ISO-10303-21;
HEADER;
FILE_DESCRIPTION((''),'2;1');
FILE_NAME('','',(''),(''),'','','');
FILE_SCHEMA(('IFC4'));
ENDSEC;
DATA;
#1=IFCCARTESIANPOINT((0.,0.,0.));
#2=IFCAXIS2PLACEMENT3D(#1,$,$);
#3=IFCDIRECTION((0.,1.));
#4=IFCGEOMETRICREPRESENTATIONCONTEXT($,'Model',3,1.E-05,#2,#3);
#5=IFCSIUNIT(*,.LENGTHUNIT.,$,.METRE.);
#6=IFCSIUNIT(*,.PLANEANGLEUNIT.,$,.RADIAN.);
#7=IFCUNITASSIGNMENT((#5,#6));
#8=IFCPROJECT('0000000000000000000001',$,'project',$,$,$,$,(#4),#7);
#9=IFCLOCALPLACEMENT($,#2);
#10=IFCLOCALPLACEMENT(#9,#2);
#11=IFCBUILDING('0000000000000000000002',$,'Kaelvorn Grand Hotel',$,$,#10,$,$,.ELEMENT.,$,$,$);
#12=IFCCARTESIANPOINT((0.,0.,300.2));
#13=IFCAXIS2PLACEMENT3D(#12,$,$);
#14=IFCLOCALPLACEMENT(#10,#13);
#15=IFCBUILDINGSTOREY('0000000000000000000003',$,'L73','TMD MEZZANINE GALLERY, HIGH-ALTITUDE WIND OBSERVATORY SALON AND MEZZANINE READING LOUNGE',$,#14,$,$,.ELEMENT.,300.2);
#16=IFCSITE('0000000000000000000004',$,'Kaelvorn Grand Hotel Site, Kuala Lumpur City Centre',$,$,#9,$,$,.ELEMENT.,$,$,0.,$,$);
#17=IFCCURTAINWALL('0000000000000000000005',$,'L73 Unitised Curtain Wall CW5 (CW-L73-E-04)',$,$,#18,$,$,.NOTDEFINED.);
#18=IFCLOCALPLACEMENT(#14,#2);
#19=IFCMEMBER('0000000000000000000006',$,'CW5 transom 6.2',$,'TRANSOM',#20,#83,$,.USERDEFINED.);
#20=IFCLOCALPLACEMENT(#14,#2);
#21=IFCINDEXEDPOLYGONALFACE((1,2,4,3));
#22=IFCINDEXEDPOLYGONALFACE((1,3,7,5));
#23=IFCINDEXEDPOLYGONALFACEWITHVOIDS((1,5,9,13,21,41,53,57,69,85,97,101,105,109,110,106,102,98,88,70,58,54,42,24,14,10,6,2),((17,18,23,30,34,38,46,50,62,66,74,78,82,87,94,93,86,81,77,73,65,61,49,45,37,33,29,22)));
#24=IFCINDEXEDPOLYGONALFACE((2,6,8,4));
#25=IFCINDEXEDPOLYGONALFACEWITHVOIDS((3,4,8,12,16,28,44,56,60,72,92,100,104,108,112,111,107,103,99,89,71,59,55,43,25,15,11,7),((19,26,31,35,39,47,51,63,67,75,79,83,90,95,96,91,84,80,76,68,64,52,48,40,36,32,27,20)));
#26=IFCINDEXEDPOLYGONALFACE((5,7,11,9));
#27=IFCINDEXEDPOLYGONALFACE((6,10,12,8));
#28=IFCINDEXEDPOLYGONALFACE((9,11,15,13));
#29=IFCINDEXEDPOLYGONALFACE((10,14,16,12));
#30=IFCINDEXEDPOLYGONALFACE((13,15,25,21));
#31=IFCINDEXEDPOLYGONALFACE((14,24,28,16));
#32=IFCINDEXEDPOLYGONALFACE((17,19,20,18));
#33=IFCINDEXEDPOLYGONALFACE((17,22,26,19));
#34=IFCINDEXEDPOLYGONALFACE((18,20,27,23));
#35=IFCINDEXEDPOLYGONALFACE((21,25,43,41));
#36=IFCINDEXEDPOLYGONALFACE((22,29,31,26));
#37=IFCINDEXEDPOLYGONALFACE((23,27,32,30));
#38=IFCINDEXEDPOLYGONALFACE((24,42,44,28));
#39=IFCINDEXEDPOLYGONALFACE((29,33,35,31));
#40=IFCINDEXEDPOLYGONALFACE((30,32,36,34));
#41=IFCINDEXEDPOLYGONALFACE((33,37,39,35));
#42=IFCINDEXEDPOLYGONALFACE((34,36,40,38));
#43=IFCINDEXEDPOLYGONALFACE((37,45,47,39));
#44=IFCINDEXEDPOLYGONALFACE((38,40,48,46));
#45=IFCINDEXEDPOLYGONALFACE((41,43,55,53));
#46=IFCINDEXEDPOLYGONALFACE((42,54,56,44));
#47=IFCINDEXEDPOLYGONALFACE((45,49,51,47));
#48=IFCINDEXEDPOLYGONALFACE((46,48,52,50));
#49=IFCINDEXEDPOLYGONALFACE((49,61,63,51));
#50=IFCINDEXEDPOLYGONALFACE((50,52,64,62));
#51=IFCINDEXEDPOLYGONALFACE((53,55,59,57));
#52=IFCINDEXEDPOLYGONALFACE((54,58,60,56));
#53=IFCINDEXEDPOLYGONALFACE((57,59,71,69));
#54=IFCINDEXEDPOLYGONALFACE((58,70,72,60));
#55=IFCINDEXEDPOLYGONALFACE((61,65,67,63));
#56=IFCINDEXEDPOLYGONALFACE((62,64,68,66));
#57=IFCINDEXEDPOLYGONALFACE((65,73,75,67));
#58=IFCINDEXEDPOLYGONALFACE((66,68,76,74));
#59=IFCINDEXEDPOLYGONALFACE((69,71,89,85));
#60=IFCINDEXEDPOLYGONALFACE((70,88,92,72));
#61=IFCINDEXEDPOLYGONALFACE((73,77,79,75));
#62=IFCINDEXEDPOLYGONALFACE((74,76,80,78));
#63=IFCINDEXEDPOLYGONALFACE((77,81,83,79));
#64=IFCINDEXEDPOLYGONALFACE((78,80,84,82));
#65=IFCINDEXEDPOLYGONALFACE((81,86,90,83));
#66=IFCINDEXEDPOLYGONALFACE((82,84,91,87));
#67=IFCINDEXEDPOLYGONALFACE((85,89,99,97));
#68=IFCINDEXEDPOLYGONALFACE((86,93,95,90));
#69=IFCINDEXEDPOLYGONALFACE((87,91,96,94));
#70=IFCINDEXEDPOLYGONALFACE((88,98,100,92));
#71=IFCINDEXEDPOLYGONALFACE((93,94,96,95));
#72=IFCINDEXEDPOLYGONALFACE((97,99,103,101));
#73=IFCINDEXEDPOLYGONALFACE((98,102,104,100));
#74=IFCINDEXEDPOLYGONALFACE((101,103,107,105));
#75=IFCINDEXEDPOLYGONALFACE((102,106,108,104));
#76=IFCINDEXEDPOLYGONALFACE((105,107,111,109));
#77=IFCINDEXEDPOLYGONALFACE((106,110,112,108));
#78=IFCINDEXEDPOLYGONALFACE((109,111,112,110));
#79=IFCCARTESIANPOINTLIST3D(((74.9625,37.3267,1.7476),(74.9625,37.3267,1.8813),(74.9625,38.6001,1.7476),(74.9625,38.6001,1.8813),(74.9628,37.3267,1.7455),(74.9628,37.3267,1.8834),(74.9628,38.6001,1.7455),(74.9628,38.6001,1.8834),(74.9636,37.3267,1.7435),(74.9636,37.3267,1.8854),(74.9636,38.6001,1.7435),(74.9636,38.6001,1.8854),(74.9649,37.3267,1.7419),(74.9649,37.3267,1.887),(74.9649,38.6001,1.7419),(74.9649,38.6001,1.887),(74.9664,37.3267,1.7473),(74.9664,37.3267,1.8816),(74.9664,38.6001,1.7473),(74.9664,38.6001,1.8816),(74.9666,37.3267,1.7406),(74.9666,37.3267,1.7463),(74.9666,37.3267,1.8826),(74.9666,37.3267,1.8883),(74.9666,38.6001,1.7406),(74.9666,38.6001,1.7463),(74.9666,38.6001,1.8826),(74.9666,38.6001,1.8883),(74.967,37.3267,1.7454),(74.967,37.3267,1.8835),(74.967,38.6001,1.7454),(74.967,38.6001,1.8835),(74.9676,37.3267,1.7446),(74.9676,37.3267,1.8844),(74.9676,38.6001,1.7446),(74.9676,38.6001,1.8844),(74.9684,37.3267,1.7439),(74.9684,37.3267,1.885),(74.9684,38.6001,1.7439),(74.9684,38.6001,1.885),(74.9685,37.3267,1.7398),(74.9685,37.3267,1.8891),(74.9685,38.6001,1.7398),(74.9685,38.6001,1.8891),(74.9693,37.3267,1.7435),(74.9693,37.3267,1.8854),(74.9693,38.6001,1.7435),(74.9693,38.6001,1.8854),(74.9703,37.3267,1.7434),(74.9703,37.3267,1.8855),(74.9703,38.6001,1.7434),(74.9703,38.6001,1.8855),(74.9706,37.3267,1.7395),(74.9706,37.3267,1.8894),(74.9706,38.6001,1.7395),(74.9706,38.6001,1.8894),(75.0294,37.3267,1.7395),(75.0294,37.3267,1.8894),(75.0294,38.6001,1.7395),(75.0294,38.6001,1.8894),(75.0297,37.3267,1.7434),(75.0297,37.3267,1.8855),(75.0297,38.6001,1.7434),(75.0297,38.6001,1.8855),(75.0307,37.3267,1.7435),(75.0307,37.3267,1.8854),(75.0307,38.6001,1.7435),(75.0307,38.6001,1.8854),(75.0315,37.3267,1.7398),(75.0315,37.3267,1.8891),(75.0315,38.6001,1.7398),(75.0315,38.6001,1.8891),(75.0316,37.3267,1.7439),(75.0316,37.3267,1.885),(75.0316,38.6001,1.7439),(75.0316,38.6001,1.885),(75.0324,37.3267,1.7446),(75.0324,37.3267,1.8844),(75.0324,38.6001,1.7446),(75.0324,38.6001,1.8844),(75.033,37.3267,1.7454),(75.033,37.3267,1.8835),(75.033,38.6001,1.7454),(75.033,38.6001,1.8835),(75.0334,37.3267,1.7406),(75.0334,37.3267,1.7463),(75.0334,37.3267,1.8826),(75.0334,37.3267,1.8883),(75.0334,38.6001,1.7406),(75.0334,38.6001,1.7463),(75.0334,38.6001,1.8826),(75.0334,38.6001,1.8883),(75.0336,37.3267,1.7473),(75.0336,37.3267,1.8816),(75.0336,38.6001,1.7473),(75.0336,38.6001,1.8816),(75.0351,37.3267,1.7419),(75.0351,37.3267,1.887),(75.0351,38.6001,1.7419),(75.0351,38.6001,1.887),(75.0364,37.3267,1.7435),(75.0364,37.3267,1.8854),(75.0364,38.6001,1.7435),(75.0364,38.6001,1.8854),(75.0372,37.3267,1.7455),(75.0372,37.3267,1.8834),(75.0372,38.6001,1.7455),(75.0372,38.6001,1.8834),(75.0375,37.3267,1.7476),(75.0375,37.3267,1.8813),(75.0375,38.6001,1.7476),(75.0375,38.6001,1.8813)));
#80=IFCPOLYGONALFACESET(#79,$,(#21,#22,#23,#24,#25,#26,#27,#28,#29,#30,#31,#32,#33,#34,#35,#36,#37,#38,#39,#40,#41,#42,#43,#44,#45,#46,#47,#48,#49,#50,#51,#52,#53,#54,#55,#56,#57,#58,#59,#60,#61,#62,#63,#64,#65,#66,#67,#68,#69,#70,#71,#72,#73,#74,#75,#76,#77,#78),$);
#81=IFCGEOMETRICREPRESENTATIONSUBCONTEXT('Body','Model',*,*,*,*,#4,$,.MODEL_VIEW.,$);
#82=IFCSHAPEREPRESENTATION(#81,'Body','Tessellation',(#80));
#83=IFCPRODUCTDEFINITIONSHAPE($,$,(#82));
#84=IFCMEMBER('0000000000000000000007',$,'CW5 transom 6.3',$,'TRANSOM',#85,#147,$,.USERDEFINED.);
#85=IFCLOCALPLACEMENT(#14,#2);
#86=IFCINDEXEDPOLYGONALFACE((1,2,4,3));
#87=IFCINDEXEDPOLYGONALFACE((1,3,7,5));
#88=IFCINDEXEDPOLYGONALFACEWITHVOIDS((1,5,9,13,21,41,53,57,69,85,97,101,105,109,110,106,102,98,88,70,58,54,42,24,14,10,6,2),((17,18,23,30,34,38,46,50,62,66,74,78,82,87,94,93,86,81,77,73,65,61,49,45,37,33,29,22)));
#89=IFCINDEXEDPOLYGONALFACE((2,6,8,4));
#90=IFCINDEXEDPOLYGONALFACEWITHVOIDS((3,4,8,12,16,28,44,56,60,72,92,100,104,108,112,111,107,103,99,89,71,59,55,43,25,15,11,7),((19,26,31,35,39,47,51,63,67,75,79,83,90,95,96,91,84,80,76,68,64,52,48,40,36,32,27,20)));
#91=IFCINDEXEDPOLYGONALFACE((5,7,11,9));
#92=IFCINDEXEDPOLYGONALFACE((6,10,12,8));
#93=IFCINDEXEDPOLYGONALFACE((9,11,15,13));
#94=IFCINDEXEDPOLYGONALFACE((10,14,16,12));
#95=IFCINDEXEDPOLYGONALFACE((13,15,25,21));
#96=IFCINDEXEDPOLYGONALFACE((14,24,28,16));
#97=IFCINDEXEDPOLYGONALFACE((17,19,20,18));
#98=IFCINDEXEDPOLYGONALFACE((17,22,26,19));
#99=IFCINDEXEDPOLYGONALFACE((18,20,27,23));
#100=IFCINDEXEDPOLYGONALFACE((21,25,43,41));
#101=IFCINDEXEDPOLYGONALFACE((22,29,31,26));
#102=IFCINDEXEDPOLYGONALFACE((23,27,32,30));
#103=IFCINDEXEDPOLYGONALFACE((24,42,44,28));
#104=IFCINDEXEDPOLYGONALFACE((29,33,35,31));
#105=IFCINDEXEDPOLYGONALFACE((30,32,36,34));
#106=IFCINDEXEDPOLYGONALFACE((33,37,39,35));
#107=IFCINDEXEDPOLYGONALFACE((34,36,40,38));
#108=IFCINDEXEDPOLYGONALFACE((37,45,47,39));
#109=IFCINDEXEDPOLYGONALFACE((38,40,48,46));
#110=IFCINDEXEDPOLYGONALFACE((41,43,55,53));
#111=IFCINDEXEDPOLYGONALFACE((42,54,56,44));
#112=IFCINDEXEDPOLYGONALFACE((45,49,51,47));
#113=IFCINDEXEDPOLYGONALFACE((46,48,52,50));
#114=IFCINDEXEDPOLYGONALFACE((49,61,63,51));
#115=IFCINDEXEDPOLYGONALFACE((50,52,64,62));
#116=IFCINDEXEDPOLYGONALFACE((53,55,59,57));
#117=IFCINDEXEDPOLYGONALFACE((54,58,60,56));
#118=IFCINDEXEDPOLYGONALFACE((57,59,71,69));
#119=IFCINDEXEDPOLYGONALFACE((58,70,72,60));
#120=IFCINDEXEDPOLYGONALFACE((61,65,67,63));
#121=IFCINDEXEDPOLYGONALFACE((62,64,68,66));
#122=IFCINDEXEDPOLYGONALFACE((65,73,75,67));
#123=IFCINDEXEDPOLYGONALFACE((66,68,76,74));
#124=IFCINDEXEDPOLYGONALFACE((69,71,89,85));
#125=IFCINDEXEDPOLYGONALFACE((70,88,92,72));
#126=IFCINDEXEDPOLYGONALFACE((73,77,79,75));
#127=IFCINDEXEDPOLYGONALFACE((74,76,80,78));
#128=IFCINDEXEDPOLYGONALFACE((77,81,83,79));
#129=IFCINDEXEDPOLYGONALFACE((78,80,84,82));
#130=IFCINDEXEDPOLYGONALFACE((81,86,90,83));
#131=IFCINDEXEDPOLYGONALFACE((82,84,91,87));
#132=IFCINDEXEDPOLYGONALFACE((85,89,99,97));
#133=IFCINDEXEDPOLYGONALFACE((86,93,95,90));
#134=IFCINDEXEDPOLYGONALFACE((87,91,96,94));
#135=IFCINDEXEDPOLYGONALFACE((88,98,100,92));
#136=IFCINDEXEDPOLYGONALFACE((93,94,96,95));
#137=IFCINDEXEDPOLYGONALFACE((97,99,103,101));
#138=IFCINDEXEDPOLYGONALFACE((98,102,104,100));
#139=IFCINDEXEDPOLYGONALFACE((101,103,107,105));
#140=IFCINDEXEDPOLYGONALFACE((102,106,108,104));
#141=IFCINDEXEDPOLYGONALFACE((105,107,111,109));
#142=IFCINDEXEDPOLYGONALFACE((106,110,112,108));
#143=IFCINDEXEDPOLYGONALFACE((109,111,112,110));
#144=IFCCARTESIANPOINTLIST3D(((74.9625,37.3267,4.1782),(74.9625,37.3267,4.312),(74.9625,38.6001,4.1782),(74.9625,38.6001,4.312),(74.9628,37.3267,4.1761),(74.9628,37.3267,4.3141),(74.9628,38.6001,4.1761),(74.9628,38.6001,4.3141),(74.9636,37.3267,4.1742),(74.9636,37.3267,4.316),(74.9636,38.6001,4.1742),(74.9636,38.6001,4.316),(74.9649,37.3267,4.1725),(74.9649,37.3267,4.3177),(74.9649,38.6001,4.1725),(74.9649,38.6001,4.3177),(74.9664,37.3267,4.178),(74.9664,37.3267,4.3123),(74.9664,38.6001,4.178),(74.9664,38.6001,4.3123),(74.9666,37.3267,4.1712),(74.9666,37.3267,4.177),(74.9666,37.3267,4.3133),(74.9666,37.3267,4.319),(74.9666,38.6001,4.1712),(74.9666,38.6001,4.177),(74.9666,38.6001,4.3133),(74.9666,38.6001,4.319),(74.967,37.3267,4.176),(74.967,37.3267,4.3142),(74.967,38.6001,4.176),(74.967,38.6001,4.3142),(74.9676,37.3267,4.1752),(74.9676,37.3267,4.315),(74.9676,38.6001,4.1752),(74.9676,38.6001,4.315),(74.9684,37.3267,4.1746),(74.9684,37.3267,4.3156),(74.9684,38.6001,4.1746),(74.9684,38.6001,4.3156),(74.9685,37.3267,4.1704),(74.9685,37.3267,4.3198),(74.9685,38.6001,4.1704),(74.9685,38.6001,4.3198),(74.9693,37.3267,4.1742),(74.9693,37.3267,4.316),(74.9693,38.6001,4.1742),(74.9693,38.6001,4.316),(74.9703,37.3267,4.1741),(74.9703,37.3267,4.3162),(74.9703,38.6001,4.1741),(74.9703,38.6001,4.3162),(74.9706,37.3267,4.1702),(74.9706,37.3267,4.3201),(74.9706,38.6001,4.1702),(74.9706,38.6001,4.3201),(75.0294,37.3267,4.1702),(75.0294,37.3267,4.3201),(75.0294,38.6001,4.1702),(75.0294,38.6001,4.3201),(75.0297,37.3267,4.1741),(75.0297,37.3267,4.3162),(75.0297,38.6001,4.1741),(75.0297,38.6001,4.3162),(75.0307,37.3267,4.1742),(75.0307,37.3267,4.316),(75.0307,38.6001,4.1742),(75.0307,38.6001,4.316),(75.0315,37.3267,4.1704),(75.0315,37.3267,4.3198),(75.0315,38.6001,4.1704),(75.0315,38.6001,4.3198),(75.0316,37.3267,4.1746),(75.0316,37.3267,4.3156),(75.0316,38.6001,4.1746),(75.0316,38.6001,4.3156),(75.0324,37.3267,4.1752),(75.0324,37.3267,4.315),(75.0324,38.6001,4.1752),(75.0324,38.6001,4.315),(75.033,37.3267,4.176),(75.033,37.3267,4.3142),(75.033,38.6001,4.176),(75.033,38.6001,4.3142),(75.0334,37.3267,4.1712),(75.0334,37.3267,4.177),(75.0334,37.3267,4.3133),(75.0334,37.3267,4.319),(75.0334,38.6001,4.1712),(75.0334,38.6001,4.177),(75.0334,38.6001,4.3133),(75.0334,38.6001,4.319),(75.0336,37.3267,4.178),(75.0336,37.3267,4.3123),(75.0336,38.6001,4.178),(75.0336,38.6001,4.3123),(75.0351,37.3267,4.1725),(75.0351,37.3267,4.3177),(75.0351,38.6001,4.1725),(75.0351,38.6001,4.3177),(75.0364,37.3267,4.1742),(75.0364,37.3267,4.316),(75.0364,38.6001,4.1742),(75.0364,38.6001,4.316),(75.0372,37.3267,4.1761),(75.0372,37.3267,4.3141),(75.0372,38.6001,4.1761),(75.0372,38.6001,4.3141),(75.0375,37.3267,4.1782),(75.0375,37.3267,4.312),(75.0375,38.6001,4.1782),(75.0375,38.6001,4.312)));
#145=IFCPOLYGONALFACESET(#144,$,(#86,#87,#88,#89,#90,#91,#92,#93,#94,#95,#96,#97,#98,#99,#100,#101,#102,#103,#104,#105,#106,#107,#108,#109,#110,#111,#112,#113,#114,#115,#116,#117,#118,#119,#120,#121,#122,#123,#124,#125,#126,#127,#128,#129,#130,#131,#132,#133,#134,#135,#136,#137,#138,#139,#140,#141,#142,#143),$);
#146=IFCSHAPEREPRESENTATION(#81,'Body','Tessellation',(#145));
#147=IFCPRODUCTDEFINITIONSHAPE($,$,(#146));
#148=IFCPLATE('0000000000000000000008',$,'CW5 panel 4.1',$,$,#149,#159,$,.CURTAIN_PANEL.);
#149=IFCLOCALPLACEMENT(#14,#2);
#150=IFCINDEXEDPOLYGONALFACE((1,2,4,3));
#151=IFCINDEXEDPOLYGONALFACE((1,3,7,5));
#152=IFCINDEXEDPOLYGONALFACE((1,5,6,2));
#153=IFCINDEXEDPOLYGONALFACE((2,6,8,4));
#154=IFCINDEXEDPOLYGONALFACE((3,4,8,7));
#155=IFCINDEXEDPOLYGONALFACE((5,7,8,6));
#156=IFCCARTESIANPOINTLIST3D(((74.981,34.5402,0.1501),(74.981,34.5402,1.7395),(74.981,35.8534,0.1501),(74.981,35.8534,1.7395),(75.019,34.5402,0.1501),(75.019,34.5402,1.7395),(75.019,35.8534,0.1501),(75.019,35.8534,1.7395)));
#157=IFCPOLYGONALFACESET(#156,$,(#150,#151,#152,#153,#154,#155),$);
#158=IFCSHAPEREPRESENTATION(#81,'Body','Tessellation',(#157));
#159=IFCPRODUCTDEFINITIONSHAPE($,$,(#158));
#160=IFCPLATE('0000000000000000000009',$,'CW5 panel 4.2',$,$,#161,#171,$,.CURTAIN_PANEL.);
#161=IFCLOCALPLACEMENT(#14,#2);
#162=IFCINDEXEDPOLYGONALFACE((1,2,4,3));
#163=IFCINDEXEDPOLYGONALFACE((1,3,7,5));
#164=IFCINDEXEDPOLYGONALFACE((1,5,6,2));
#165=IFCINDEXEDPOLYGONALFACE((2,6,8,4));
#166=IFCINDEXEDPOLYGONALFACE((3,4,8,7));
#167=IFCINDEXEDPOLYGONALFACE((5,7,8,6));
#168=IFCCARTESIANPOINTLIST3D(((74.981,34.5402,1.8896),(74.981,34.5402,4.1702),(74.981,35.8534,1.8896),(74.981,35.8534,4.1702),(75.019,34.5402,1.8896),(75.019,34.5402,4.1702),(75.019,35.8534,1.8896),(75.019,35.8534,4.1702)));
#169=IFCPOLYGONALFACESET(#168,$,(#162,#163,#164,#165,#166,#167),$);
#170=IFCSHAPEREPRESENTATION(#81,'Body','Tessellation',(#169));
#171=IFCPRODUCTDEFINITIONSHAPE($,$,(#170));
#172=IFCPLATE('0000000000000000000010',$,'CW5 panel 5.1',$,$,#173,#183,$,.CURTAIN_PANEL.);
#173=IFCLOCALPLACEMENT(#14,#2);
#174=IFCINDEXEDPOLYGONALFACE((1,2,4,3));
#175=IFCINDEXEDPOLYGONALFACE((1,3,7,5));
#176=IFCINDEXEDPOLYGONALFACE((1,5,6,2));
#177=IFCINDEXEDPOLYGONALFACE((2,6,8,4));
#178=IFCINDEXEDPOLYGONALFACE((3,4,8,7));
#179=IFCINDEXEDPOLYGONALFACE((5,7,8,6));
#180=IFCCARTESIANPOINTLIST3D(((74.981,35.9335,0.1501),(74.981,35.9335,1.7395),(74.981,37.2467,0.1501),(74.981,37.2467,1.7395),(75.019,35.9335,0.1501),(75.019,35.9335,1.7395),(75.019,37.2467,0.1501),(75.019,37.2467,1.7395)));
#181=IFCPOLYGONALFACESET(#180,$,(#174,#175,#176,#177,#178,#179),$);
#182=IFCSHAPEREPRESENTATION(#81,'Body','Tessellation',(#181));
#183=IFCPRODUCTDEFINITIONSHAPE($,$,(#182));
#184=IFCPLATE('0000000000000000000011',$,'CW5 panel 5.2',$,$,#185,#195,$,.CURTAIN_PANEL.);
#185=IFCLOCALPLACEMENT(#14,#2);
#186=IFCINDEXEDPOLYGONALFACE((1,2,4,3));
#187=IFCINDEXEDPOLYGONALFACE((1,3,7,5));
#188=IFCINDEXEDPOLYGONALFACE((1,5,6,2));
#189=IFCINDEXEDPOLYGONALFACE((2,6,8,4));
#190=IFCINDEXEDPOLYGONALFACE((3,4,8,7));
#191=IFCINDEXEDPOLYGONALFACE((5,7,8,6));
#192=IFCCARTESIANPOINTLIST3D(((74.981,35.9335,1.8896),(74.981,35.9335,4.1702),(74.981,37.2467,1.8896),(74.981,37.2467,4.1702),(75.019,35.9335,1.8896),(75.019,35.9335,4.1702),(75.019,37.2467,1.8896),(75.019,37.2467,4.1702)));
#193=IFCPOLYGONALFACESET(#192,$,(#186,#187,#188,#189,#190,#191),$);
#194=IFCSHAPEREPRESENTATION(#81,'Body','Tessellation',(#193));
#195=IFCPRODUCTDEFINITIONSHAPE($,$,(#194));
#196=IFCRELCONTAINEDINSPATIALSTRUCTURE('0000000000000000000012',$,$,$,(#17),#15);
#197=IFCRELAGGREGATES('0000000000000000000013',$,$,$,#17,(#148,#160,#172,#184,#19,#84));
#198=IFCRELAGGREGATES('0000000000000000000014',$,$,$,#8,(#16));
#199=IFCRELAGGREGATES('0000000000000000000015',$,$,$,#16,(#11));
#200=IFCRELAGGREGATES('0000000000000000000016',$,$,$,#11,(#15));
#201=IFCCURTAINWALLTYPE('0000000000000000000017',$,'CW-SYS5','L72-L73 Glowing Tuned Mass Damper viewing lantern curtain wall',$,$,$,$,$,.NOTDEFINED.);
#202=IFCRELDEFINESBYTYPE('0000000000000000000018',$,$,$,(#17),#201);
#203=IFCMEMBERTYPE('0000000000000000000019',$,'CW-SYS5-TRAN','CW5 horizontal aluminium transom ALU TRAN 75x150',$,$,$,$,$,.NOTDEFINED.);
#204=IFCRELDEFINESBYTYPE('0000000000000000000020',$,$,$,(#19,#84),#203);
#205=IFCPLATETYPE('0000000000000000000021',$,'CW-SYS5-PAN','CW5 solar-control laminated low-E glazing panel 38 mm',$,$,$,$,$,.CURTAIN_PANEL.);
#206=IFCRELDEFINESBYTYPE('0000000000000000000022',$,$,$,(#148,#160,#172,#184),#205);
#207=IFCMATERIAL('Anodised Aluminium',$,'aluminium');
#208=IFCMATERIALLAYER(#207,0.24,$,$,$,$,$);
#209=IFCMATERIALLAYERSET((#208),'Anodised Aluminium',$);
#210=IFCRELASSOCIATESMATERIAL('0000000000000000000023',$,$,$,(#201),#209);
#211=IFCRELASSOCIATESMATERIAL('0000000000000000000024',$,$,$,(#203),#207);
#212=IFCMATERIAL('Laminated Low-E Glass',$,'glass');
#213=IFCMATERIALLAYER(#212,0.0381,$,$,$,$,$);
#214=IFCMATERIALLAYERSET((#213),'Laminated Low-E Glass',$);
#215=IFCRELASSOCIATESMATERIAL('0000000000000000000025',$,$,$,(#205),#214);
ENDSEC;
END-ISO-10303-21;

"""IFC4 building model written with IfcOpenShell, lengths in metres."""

from ifc_helpers import new_model, si_unit, direction, frame, origin, origin_2d, place, context, subcontext, project, spatial, rectangle, hollow_rectangle, extrude, material, layer, layer_set, material_profile, profile_set, type_object, element, aggregate, save


model = new_model("IFC4")

# Units and contexts
model_context = context("Model", 3, precision=1e-05, world=origin(), true_north=direction((0.0, 1.0)))
body_context = subcontext(model_context, "Body", "Model", "MODEL_VIEW")
ifc_project = project(units=[si_unit("LENGTHUNIT", "METRE"), si_unit("PLANEANGLEUNIT", "RADIAN")], contexts=[model_context])

# Site, building, storey
site_placement = place(None, origin())
site = spatial("IfcSite", under=ifc_project, at=site_placement, Name="Kaelvorn Grand Hotel Site, Kuala Lumpur City Centre", CompositionType="ELEMENT", RefElevation=0.0)
building_placement = place(site_placement, origin())
building = spatial("IfcBuilding", under=site, at=building_placement, Name="Kaelvorn Grand Hotel", CompositionType="ELEMENT")
storey_placement = place(building_placement, frame((0.0, 0.0, 300.2)))
storey = spatial("IfcBuildingStorey", under=building, at=storey_placement, Name="L73", Description="TMD MEZZANINE GALLERY, HIGH-ALTITUDE WIND OBSERVATORY SALON AND MEZZANINE READING LOUNGE", CompositionType="ELEMENT", Elevation=300.2)

# Curtain wall, members, plates
ifc_material_1 = material(Name="Anodised Aluminium", Category="aluminium")
ifc_layer_1 = layer(ifc_material_1, 0.24)
ifc_layer_set_1 = layer_set([ifc_layer_1], Name="Anodised Aluminium")
curtain_wall_type = type_object("IfcCurtainWallType", Name="CW-SYS5", Description="L72-L73 Glowing Tuned Mass Damper viewing lantern curtain wall", PredefinedType="NOTDEFINED", material=ifc_layer_set_1)
curtain_wall_placement = place(storey_placement, origin())
curtain_wall = element("IfcCurtainWall", 1, at=curtain_wall_placement, inside=storey, type_object=curtain_wall_type, Name="L73 Unitised Curtain Wall CW5 (CW-L73-E-04)", PredefinedType="NOTDEFINED")
ifc_material_profile_1 = material_profile(ifc_material_1, hollow_rectangle(XDim=0.075, YDim=0.1499, WallThickness=0.0039, InnerFilletRadius=0.0039, OuterFilletRadius=0.0081, at=origin_2d()), Name="ALU TRAN 75x150")
ifc_profile_set_1 = profile_set([ifc_material_profile_1], Name="Anodised Aluminium")
member_type_1 = type_object("IfcMemberType", Name="CW-SYS5-TRAN", Description="CW5 horizontal aluminium transom ALU TRAN 75x150", PredefinedType="NOTDEFINED", material=ifc_profile_set_1)
member_1_placement = place(storey_placement, frame((75.0, 37.3267, 1.8145), z_axis=(0.0, 1.0, 0.0), x_axis=(-1.0, 0.0, 0.0)))
member_1 = element("IfcMember", 2, at=member_1_placement, type_object=member_type_1, Name="CW5 transom 6.2", ObjectType="TRANSOM", PredefinedType="USERDEFINED", context=body_context, shape_type="SweptSolid", body=[
    extrude(hollow_rectangle(XDim=0.075, YDim=0.1499, WallThickness=0.0039, InnerFilletRadius=0.0039, OuterFilletRadius=0.0081, at=origin_2d()), origin(), (0.0, 0.0, 1.0), 1.2734),
])
member_2_placement = place(storey_placement, frame((75.0, 37.3267, 4.2451), z_axis=(0.0, 1.0, 0.0), x_axis=(-1.0, 0.0, 0.0)))
member_2 = element("IfcMember", 3, at=member_2_placement, type_object=member_type_1, Name="CW5 transom 6.3", ObjectType="TRANSOM", PredefinedType="USERDEFINED", context=body_context, shape_type="SweptSolid", body=[
    extrude(hollow_rectangle(XDim=0.075, YDim=0.1499, WallThickness=0.0039, InnerFilletRadius=0.0039, OuterFilletRadius=0.0081, at=origin_2d()), origin(), (0.0, 0.0, 1.0), 1.2734),
])
ifc_material_2 = material(Name="Laminated Low-E Glass", Category="glass")
ifc_layer_2 = layer(ifc_material_2, 0.0381)
ifc_layer_set_2 = layer_set([ifc_layer_2], Name="Laminated Low-E Glass")
plate_type = type_object("IfcPlateType", Name="CW-SYS5-PAN", Description="CW5 solar-control laminated low-E glazing panel 38 mm", PredefinedType="CURTAIN_PANEL", material=ifc_layer_set_2)
plate_1_placement = place(storey_placement, frame((75.0, 35.1968, 0.1501), z_axis=(0.0, 0.0, 1.0), x_axis=(0.0, 1.0, 0.0)))
plate_1 = element("IfcPlate", 4, at=plate_1_placement, type_object=plate_type, Name="CW5 panel 4.1", PredefinedType="CURTAIN_PANEL", context=body_context, shape_type="SweptSolid", body=[
    extrude(rectangle(XDim=1.3132, YDim=0.0381, at=origin_2d()), origin(), (0.0, 0.0, 1.0), 1.5894),
])
plate_2_placement = place(storey_placement, frame((75.0, 35.1968, 1.8896), z_axis=(0.0, 0.0, 1.0), x_axis=(0.0, 1.0, 0.0)))
plate_2 = element("IfcPlate", 5, at=plate_2_placement, type_object=plate_type, Name="CW5 panel 4.2", PredefinedType="CURTAIN_PANEL", context=body_context, shape_type="SweptSolid", body=[
    extrude(rectangle(XDim=1.3132, YDim=0.0381, at=origin_2d()), origin(), (0.0, 0.0, 1.0), 2.2805),
])
plate_3_placement = place(storey_placement, frame((75.0, 36.5901, 0.1501), z_axis=(0.0, 0.0, 1.0), x_axis=(0.0, 1.0, 0.0)))
plate_3 = element("IfcPlate", 6, at=plate_3_placement, type_object=plate_type, Name="CW5 panel 5.1", PredefinedType="CURTAIN_PANEL", context=body_context, shape_type="SweptSolid", body=[
    extrude(rectangle(XDim=1.3132, YDim=0.0381, at=origin_2d()), origin(), (0.0, 0.0, 1.0), 1.5894),
])
plate_4_placement = place(storey_placement, frame((75.0, 36.5901, 1.8896), z_axis=(0.0, 0.0, 1.0), x_axis=(0.0, 1.0, 0.0)))
plate_4 = element("IfcPlate", 7, at=plate_4_placement, type_object=plate_type, Name="CW5 panel 5.2", PredefinedType="CURTAIN_PANEL", context=body_context, shape_type="SweptSolid", body=[
    extrude(rectangle(XDim=1.3132, YDim=0.0381, at=origin_2d()), origin(), (0.0, 0.0, 1.0), 2.2805),
])
aggregate(curtain_wall, [plate_1, plate_2, plate_3, plate_4, member_1, member_2])

save(model, "model.ifc")
